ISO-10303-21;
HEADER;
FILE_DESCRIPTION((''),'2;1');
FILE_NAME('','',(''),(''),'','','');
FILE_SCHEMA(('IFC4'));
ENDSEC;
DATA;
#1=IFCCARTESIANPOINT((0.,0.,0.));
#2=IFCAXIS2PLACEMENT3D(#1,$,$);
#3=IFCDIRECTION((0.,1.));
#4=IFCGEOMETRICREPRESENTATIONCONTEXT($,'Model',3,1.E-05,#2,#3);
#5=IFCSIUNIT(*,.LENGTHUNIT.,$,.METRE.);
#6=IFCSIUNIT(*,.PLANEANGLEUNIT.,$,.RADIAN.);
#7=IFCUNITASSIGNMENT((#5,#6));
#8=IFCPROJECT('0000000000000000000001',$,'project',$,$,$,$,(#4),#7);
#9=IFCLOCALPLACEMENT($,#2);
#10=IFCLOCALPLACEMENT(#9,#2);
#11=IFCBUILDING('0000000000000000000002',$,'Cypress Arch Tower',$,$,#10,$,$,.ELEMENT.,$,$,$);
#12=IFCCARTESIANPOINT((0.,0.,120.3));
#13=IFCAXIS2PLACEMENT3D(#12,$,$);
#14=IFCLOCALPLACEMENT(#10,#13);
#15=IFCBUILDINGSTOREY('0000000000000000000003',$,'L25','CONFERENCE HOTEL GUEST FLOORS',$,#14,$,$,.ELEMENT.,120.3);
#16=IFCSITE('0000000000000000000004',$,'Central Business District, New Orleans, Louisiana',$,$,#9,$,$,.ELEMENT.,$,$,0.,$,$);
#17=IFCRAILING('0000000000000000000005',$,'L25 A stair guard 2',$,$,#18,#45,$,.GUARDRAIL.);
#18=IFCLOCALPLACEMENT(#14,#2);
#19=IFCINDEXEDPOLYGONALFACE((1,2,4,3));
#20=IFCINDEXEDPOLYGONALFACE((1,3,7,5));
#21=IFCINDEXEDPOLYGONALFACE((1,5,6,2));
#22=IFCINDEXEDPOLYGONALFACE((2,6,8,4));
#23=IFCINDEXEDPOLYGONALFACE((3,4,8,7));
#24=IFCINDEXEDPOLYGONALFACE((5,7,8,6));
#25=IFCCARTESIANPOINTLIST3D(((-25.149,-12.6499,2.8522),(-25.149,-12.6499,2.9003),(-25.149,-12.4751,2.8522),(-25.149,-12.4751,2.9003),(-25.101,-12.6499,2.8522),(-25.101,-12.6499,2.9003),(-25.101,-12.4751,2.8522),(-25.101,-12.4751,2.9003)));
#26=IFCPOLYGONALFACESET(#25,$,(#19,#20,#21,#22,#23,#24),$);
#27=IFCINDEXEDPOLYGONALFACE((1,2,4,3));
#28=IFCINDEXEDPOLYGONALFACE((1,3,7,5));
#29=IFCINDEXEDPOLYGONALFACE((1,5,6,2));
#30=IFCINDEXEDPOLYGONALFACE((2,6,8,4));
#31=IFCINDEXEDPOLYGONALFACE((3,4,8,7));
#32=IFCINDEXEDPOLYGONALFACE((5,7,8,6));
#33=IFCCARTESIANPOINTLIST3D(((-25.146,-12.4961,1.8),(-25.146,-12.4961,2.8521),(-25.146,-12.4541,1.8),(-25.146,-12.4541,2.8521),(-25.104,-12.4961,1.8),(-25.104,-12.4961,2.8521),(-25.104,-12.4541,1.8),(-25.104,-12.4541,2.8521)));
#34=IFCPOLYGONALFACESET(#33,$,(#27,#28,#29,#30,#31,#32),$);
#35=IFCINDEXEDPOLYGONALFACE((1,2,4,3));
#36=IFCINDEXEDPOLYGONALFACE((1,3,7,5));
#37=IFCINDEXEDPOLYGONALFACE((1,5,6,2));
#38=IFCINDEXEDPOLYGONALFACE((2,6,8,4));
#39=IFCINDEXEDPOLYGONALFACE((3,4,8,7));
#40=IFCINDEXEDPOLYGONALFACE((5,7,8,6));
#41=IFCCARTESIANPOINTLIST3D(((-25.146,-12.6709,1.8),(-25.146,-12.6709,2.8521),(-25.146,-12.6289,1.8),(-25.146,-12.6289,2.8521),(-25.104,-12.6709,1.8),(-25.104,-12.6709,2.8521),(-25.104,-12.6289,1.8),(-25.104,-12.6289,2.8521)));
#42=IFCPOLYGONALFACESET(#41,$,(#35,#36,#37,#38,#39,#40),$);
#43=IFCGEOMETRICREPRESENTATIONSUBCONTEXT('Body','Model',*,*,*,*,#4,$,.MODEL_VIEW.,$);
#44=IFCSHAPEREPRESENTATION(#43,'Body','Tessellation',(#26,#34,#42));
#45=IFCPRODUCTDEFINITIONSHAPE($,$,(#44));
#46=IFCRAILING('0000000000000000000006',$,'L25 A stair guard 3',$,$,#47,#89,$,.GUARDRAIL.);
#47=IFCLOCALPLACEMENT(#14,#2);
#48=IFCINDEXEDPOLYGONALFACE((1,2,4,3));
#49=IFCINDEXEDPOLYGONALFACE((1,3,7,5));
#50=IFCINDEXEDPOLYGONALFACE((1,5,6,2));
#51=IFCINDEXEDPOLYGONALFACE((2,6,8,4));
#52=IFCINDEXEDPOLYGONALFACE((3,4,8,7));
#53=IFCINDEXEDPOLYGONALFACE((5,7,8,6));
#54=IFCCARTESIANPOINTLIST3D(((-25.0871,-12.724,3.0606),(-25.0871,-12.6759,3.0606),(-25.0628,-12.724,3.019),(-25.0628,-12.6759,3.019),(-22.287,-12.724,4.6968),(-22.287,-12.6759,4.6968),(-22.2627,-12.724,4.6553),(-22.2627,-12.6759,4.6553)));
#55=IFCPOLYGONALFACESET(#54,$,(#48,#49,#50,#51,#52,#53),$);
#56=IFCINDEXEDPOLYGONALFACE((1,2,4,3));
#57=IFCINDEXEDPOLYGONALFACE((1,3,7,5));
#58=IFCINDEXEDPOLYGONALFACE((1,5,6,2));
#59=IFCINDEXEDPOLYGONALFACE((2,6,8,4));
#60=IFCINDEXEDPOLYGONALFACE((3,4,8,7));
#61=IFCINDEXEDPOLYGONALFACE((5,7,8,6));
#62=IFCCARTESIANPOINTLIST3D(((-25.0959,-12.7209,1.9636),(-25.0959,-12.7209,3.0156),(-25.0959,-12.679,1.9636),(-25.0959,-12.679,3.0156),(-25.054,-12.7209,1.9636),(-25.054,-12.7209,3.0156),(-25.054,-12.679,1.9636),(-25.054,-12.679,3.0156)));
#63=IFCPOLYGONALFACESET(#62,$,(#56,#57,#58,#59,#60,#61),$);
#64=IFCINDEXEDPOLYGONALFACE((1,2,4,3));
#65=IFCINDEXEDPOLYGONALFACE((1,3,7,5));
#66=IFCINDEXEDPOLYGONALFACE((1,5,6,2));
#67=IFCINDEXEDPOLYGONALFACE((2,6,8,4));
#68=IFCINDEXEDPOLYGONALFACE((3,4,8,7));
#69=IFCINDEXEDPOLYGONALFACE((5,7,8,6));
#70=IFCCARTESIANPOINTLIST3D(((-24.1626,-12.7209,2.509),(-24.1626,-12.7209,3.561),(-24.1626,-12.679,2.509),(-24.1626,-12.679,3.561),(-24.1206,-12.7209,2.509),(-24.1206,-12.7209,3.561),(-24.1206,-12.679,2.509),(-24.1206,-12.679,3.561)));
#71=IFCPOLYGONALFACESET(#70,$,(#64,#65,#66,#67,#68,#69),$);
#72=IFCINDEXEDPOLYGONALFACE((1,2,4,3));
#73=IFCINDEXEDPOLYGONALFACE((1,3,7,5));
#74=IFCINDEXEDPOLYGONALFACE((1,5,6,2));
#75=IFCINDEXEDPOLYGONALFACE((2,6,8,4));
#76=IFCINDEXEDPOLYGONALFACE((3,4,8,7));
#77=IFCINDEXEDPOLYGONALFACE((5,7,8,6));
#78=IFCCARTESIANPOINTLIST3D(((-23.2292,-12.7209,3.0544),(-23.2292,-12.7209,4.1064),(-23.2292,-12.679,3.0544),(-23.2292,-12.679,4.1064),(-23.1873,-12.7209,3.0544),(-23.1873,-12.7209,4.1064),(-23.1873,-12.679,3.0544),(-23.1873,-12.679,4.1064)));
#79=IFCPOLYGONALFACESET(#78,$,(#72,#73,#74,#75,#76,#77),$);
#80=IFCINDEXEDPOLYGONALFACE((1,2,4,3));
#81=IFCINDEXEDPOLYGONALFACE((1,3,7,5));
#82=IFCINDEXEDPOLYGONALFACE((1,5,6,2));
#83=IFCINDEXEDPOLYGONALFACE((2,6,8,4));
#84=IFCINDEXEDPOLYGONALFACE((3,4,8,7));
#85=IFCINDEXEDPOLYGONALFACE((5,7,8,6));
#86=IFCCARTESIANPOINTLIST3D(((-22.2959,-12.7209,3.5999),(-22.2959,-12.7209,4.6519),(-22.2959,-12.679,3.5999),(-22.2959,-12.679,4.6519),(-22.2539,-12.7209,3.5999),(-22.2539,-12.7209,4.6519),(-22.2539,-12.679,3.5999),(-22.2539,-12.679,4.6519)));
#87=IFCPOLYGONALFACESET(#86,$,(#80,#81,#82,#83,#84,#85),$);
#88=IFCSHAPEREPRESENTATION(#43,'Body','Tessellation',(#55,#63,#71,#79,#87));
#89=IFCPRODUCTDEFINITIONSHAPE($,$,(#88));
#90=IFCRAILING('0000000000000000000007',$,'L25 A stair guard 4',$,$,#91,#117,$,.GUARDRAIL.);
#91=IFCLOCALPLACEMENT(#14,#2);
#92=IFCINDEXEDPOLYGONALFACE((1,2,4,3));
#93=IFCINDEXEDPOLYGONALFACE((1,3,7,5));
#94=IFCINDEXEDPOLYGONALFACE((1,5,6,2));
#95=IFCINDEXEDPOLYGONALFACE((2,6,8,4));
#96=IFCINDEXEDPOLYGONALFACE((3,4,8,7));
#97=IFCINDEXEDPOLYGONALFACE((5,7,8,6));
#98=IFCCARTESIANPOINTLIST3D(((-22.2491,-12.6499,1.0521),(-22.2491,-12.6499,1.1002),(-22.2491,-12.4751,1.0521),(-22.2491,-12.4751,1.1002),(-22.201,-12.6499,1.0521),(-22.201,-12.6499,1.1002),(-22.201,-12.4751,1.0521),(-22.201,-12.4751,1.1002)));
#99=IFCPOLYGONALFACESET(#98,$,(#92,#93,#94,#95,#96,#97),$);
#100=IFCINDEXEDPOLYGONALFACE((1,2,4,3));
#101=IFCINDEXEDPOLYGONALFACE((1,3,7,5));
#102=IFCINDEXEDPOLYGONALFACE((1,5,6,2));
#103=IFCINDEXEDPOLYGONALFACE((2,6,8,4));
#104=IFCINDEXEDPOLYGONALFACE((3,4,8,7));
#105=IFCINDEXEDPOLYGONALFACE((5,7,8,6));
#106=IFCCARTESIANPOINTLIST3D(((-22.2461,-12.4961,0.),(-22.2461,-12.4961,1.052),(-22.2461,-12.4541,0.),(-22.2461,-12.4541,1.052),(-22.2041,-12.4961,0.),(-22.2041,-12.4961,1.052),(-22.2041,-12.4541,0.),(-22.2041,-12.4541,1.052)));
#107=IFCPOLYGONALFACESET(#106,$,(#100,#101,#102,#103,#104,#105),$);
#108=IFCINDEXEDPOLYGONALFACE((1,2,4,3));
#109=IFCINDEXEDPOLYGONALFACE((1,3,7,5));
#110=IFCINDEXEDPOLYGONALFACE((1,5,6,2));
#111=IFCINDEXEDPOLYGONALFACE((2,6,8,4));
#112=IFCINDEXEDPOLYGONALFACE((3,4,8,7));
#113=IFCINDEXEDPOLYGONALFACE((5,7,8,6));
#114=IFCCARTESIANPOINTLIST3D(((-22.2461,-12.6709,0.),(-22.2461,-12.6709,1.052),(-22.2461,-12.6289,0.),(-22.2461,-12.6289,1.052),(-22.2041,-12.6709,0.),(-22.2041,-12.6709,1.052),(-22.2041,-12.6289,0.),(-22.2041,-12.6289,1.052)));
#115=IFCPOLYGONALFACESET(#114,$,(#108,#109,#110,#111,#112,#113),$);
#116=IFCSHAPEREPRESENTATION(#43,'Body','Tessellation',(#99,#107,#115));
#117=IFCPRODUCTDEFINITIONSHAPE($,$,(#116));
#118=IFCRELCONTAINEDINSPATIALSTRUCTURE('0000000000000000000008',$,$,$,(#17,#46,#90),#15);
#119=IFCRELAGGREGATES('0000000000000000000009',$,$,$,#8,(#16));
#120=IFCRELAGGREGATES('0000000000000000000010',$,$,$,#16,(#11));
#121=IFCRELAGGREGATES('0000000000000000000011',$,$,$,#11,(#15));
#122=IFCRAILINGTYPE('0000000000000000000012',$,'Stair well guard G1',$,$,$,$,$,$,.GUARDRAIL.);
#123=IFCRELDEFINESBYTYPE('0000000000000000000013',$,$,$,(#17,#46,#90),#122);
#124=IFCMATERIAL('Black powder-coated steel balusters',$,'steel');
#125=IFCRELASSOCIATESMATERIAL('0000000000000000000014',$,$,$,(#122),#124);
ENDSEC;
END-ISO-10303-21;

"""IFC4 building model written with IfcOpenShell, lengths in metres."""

from ifc_helpers import new_model, si_unit, direction, frame, origin, origin_2d, place, context, subcontext, project, spatial, rectangle, extrude, material, type_object, element, save


model = new_model("IFC4")

# Units and contexts
model_context = context("Model", 3, precision=1e-05, world=origin(), true_north=direction((0.0, 1.0)))
body_context = subcontext(model_context, "Body", "Model", "MODEL_VIEW")
ifc_project = project(units=[si_unit("LENGTHUNIT", "METRE"), si_unit("PLANEANGLEUNIT", "RADIAN")], contexts=[model_context])

# Site, building, storey
site_placement = place(None, origin())
site = spatial("IfcSite", under=ifc_project, at=site_placement, Name="Central Business District, New Orleans, Louisiana", CompositionType="ELEMENT", RefElevation=0.0)
building_placement = place(site_placement, origin())
building = spatial("IfcBuilding", under=site, at=building_placement, Name="Cypress Arch Tower", CompositionType="ELEMENT")
storey_placement = place(building_placement, frame((0.0, 0.0, 120.3)))
storey = spatial("IfcBuildingStorey", under=building, at=storey_placement, Name="L25", Description="CONFERENCE HOTEL GUEST FLOORS", CompositionType="ELEMENT", Elevation=120.3)

# Railings
ifc_material_1 = material(Name="Black powder-coated steel balusters", Category="steel")
railing_type_1 = type_object("IfcRailingType", Name="Stair well guard G1", PredefinedType="GUARDRAIL", material=ifc_material_1)
railing_1_placement = place(storey_placement, frame((-25.125, -12.4751, 1.8)))
element("IfcRailing", 1, at=railing_1_placement, inside=storey, type_object=railing_type_1, Name="L25 A stair guard 2", PredefinedType="GUARDRAIL", context=body_context, shape_type="SweptSolid", body=[
    extrude(rectangle(XDim=0.0481, YDim=0.0481, at=origin_2d()), frame((0.0, 0.0, 1.0762), z_axis=(0.0, -1.0, 0.0), x_axis=(1.0, 0.0, 0.0)), (0.0, 0.0, 1.0), 0.1748),
    extrude(rectangle(XDim=0.042, YDim=0.042, at=origin_2d()), origin(), (0.0, 0.0, 1.0), 1.052),
    extrude(rectangle(XDim=0.042, YDim=0.042, at=origin_2d()), frame((0.0, -0.1748, 0.0)), (0.0, 0.0, 1.0), 1.052),
])
railing_2_placement = place(storey_placement, frame((-25.075, -12.7, 1.9636)))
element("IfcRailing", 2, at=railing_2_placement, inside=storey, type_object=railing_type_1, Name="L25 A stair guard 3", PredefinedType="GUARDRAIL", context=body_context, shape_type="SweptSolid", body=[
    extrude(rectangle(XDim=0.0481, YDim=0.0481, at=origin_2d()), frame((0.0, 0.0, 1.0762), z_axis=(0.863394, 0.0, 0.504531), x_axis=(0.0, 1.0, 0.0)), (0.0, 0.0, 1.0), 3.2432),
    extrude(rectangle(XDim=0.042, YDim=0.042, at=origin_2d()), origin(), (0.0, 0.0, 1.0), 1.052),
    extrude(rectangle(XDim=0.042, YDim=0.042, at=origin_2d()), frame((0.9333, 0.0, 0.5454)), (0.0, 0.0, 1.0), 1.052),
    extrude(rectangle(XDim=0.042, YDim=0.042, at=origin_2d()), frame((1.8667, 0.0, 1.0908)), (0.0, 0.0, 1.0), 1.052),
    extrude(rectangle(XDim=0.042, YDim=0.042, at=origin_2d()), frame((2.8, 0.0, 1.6362)), (0.0, 0.0, 1.0), 1.052),
])
railing_3_placement = place(storey_placement, frame((-22.2251, -12.4751, 0.0)))
element("IfcRailing", 3, at=railing_3_placement, inside=storey, type_object=railing_type_1, Name="L25 A stair guard 4", PredefinedType="GUARDRAIL", context=body_context, shape_type="SweptSolid", body=[
    extrude(rectangle(XDim=0.0481, YDim=0.0481, at=origin_2d()), frame((0.0, 0.0, 1.0762), z_axis=(0.0, -1.0, 0.0), x_axis=(1.0, 0.0, 0.0)), (0.0, 0.0, 1.0), 0.1748),
    extrude(rectangle(XDim=0.042, YDim=0.042, at=origin_2d()), origin(), (0.0, 0.0, 1.0), 1.052),
    extrude(rectangle(XDim=0.042, YDim=0.042, at=origin_2d()), frame((0.0, -0.1748, 0.0)), (0.0, 0.0, 1.0), 1.052),
])

save(model, "model.ifc")
